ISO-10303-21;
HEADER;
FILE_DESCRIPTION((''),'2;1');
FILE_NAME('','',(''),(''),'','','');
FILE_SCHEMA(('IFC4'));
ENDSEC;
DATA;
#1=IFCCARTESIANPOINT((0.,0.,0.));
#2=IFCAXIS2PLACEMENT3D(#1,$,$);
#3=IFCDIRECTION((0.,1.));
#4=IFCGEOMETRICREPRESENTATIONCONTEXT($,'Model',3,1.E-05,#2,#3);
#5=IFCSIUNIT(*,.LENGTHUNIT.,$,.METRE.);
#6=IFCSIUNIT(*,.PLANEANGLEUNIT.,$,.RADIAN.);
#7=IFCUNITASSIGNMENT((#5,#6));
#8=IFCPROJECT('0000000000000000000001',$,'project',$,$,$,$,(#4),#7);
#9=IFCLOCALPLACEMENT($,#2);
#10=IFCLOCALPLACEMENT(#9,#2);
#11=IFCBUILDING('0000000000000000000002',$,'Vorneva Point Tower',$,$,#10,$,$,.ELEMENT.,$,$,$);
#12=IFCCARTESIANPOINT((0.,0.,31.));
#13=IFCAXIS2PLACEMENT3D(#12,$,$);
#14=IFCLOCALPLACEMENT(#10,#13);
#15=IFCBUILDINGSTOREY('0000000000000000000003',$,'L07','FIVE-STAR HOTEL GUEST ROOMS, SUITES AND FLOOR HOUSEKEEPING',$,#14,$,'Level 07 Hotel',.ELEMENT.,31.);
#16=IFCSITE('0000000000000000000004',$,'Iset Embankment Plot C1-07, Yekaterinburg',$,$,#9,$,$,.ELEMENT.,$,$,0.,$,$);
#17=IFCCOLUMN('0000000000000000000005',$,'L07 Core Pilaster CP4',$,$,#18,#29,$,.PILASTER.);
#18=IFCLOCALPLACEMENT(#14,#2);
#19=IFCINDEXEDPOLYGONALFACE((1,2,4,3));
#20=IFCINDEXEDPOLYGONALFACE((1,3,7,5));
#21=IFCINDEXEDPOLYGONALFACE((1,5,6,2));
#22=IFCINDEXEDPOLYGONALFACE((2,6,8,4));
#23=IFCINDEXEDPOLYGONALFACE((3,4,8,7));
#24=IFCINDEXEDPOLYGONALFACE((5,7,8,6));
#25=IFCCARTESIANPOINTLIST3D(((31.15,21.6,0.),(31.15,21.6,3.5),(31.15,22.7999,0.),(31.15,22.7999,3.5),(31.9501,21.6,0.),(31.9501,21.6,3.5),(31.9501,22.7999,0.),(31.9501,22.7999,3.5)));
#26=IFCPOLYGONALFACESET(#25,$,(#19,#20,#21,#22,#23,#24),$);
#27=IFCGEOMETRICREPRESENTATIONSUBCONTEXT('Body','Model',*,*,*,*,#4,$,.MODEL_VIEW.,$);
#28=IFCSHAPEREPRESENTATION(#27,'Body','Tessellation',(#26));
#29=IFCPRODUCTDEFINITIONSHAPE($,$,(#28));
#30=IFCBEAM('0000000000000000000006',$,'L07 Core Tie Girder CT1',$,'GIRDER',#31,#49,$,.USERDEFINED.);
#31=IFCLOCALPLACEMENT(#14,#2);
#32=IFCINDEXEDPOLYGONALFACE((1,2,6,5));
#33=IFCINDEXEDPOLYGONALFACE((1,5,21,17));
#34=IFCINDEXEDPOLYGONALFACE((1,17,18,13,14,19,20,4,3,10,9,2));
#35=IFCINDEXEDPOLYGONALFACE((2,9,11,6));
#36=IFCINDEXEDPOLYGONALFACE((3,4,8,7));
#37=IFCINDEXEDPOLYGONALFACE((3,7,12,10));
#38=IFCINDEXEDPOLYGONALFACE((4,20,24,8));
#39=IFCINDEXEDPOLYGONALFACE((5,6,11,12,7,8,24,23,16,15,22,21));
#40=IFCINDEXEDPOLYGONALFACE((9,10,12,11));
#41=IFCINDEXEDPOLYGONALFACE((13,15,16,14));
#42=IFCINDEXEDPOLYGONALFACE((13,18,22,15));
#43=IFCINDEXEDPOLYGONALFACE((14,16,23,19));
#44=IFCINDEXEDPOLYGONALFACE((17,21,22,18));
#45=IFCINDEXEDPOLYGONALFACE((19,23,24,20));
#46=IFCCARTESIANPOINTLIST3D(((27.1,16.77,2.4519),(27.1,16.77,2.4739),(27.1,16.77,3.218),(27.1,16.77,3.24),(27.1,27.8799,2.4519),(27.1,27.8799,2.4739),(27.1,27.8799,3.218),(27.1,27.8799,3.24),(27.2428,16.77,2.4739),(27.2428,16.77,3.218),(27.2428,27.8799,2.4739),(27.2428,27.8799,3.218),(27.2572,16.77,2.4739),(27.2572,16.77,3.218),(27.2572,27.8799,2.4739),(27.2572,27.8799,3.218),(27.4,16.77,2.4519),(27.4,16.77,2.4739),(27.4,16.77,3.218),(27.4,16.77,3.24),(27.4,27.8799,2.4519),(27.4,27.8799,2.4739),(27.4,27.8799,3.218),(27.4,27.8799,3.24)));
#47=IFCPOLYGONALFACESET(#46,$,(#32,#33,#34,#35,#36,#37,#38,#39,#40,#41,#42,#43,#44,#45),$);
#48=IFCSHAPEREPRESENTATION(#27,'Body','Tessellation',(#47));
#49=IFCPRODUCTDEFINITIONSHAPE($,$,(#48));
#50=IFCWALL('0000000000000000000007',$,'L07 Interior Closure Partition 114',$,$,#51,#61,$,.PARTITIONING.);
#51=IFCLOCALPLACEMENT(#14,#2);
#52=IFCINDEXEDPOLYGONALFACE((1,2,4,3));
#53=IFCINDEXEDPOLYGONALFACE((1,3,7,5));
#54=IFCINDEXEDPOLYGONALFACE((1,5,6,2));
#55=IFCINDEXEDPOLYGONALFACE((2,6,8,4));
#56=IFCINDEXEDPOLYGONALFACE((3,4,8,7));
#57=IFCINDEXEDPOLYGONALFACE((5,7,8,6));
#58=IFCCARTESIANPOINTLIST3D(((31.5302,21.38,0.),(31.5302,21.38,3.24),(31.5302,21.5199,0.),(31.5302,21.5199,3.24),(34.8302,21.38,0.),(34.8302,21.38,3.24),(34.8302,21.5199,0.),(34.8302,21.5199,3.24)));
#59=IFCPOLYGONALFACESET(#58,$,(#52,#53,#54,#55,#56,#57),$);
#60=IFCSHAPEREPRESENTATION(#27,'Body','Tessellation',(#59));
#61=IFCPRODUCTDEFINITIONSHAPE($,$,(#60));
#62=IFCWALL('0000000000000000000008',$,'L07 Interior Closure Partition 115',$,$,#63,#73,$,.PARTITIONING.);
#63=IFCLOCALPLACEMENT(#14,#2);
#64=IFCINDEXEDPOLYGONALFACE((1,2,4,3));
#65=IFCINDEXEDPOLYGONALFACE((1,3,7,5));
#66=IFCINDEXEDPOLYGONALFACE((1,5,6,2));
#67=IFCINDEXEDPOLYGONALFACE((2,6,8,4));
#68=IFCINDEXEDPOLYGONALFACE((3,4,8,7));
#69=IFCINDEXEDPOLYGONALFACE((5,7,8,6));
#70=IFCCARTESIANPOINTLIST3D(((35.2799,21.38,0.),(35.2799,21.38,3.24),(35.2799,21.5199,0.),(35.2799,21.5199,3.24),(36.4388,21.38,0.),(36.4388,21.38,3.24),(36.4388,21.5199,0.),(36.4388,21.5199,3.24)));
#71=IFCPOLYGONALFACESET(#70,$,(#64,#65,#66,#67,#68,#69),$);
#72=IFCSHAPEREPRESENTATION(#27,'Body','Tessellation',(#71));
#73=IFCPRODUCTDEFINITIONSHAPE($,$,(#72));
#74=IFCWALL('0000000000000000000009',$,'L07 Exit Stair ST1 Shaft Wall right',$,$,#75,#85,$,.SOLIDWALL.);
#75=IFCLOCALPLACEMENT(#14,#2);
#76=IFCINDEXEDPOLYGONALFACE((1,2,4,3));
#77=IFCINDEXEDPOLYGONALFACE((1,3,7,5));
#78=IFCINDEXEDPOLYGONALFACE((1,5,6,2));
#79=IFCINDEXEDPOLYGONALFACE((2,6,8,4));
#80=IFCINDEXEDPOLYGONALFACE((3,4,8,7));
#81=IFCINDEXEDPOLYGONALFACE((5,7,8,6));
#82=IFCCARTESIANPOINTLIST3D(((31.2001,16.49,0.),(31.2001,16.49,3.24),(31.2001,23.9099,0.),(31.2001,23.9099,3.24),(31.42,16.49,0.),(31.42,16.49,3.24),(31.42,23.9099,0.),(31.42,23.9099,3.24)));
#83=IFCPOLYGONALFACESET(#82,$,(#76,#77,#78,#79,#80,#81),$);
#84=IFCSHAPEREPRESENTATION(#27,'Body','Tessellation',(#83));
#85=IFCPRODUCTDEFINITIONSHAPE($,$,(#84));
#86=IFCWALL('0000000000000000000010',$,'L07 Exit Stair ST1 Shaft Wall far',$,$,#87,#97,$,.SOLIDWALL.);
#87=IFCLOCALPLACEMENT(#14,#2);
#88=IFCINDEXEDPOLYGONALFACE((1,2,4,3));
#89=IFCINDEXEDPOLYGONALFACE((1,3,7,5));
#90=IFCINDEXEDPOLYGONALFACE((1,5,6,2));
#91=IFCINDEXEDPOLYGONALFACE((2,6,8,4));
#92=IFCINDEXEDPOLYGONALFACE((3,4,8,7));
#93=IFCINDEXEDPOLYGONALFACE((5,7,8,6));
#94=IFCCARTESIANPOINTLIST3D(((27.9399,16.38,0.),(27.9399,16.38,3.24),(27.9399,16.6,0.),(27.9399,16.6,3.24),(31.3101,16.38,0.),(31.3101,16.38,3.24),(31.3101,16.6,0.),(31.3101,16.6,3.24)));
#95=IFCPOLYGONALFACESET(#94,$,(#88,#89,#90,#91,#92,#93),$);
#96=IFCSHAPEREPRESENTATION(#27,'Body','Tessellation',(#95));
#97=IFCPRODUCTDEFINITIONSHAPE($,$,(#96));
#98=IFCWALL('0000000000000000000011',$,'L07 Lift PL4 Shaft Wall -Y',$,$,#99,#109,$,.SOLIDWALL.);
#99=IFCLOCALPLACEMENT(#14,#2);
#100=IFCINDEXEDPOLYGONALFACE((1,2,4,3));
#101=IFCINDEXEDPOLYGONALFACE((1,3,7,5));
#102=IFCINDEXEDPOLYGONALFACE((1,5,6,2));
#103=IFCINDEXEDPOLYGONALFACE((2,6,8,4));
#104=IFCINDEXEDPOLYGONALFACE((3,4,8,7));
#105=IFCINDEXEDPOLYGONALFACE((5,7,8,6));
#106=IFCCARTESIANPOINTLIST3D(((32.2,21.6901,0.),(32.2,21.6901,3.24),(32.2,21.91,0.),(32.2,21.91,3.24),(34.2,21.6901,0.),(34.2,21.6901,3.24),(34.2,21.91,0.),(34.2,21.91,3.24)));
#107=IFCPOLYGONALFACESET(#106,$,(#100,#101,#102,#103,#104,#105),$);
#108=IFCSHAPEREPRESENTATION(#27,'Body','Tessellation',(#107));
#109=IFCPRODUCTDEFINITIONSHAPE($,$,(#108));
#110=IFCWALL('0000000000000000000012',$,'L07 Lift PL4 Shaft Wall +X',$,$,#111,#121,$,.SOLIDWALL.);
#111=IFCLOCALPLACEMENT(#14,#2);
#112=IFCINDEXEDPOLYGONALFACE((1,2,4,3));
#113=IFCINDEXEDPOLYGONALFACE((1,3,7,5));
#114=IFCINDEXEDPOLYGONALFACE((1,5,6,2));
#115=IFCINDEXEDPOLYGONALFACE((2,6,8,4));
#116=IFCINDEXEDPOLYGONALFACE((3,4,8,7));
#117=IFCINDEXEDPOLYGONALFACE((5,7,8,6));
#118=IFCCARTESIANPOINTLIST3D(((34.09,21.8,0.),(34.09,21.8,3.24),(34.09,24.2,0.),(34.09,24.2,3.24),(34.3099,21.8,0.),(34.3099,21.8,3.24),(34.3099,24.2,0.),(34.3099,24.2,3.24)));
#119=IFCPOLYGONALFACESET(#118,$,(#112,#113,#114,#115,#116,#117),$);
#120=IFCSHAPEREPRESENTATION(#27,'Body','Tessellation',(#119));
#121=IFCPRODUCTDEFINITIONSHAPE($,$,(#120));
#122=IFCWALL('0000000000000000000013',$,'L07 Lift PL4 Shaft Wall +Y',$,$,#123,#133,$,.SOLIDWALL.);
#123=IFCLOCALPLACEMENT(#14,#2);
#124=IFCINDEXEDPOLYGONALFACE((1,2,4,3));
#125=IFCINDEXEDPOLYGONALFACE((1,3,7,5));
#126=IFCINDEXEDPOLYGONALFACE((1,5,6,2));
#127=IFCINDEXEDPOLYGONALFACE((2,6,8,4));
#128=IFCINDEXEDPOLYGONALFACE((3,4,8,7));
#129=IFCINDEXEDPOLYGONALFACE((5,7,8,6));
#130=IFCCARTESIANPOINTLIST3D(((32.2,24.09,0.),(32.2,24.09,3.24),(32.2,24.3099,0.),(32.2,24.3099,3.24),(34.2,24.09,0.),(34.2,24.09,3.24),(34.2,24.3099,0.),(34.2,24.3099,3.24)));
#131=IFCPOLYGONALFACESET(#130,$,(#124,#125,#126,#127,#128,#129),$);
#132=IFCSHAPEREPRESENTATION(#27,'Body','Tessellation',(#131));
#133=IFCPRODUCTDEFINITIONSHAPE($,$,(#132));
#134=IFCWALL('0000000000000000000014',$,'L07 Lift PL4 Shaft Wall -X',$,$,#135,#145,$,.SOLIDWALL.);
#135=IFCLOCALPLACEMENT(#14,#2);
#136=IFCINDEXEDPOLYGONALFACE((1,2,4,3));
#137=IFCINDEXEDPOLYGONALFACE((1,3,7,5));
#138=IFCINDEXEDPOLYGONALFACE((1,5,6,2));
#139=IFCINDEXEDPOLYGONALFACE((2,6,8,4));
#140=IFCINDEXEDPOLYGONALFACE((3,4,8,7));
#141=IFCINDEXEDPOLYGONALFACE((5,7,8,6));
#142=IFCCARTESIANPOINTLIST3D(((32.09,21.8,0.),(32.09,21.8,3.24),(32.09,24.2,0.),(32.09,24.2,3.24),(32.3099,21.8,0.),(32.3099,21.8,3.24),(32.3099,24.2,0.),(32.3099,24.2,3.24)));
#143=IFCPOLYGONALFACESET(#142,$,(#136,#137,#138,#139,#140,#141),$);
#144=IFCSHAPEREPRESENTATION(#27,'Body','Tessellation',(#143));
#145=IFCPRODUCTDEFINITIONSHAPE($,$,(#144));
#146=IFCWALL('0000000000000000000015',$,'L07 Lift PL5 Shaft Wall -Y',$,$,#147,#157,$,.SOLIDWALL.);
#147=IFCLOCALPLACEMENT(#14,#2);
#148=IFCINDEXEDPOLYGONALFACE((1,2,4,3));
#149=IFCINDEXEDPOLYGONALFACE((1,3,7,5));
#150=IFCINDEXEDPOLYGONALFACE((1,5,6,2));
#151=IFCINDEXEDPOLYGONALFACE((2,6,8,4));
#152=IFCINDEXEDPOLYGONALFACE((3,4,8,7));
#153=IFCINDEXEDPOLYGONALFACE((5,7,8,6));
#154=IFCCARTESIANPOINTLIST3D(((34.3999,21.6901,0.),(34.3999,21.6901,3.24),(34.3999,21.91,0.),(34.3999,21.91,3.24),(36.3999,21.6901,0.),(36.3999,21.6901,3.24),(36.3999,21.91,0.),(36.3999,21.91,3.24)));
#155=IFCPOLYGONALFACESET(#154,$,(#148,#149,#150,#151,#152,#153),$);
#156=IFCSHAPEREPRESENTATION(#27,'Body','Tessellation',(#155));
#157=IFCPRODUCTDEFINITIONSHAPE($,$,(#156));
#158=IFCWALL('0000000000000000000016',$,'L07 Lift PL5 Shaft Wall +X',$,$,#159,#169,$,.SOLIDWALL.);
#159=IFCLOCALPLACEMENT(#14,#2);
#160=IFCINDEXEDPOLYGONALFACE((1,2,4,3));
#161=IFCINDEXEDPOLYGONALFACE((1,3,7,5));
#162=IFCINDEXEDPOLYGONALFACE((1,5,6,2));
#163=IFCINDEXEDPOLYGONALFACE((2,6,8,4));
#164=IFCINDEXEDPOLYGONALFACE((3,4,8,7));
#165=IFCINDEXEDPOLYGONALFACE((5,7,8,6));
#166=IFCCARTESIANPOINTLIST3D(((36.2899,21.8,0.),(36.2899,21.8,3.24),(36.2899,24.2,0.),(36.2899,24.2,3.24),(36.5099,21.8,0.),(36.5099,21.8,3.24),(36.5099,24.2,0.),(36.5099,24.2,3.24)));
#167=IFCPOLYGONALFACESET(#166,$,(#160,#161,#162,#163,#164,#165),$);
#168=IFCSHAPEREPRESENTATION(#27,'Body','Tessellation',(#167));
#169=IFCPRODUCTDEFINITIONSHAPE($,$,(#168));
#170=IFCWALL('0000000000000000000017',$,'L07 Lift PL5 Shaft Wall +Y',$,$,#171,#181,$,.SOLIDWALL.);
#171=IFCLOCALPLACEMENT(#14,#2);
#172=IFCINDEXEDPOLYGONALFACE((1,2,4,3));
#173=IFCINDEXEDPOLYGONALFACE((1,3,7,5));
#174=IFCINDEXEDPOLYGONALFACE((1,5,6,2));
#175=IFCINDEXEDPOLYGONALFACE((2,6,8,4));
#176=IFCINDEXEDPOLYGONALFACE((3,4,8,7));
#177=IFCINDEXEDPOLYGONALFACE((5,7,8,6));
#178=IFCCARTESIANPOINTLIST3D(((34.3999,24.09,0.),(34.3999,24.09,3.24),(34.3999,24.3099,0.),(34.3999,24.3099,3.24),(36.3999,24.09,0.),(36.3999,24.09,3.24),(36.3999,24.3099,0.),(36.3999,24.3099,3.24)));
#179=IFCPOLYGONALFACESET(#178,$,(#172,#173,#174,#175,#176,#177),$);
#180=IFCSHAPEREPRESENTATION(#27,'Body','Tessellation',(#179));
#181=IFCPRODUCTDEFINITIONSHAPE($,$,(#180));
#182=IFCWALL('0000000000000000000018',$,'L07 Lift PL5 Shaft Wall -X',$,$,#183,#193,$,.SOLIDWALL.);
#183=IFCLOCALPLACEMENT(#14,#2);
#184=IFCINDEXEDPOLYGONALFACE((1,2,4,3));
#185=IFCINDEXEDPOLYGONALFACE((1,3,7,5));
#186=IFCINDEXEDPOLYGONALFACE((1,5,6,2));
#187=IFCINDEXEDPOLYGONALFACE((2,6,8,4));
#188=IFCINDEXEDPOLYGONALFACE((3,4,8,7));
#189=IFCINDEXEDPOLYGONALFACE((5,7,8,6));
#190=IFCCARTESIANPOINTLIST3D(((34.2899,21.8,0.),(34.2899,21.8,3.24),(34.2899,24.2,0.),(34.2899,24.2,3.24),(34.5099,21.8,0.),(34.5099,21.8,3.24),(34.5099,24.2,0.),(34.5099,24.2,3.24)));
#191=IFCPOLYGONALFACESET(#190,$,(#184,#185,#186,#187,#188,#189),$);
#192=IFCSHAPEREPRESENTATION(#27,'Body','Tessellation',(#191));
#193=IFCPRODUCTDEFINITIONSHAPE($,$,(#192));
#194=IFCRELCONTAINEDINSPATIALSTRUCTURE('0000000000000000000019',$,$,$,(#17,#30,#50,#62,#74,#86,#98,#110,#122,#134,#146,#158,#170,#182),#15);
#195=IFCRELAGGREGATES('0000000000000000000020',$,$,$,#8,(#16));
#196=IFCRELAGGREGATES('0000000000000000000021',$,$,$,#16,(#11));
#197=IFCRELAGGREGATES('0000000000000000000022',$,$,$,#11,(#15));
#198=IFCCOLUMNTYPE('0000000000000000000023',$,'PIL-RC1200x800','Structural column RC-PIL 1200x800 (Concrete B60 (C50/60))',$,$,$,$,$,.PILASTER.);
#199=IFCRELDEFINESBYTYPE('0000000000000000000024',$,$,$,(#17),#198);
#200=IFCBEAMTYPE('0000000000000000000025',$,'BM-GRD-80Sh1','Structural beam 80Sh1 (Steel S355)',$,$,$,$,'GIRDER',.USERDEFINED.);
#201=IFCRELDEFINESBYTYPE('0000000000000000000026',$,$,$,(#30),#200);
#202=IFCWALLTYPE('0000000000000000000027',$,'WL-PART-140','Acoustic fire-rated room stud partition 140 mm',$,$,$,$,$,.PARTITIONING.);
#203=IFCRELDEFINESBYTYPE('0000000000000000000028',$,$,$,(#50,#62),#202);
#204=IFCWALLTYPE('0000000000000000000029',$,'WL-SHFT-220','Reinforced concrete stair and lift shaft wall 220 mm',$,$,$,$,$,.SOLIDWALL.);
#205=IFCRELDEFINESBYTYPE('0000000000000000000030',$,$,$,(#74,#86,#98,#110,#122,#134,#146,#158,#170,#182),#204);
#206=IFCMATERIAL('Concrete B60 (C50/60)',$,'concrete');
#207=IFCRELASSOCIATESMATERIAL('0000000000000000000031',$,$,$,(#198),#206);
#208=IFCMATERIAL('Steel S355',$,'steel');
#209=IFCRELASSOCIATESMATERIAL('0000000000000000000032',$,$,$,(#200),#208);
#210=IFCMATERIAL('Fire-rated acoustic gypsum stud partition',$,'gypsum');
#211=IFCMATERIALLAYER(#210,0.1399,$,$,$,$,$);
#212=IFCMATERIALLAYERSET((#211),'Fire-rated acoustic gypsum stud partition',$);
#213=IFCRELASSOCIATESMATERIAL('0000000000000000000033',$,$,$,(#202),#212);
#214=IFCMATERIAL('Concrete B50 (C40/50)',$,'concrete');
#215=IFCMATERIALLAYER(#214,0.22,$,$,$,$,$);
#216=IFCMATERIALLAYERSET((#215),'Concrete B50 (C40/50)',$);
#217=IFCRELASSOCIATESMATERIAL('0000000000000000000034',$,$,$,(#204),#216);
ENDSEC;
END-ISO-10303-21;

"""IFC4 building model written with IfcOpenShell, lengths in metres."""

from ifc_helpers import new_model, si_unit, direction, frame, frame_2d, origin, origin_2d, place, context, subcontext, project, spatial, rectangle, i_section, extrude, material, layer, layer_set, material_profile, profile_set, type_object, element, save


model = new_model("IFC4")

# Units and contexts
model_context = context("Model", 3, precision=1e-05, world=origin(), true_north=direction((0.0, 1.0)))
body_context = subcontext(model_context, "Body", "Model", "MODEL_VIEW")
ifc_project = project(units=[si_unit("LENGTHUNIT", "METRE"), si_unit("PLANEANGLEUNIT", "RADIAN")], contexts=[model_context])

# Site, building, storey
site_placement = place(None, origin())
site = spatial("IfcSite", under=ifc_project, at=site_placement, Name="Iset Embankment Plot C1-07, Yekaterinburg", CompositionType="ELEMENT", RefElevation=0.0)
building_placement = place(site_placement, origin())
building = spatial("IfcBuilding", under=site, at=building_placement, Name="Vorneva Point Tower", CompositionType="ELEMENT")
storey_placement = place(building_placement, frame((0.0, 0.0, 31.0)))
storey = spatial("IfcBuildingStorey", under=building, at=storey_placement, Name="L07", Description="FIVE-STAR HOTEL GUEST ROOMS, SUITES AND FLOOR HOUSEKEEPING", LongName="Level 07 Hotel", CompositionType="ELEMENT", Elevation=31.0)

# Column
ifc_material_1 = material(Name="Concrete B60 (C50/60)", Category="concrete")
ifc_material_profile_1 = material_profile(ifc_material_1, rectangle(XDim=0.8, YDim=1.2, at=origin_2d()), Name="RC-PIL 1200x800")
ifc_profile_set_1 = profile_set([ifc_material_profile_1], Name="Concrete B60 (C50/60)")
column_type = type_object("IfcColumnType", Name="PIL-RC1200x800", Description="Structural column RC-PIL 1200x800 (Concrete B60 (C50/60))", PredefinedType="PILASTER", material=ifc_profile_set_1)
column_placement = place(storey_placement, frame((31.55, 22.2, 0.0), z_axis=(0.0, 0.0, 1.0), x_axis=(1.0, 0.0, 0.0)))
element("IfcColumn", 1, at=column_placement, inside=storey, type_object=column_type, Name="L07 Core Pilaster CP4", PredefinedType="PILASTER", context=body_context, shape_type="SweptSolid", body=[
    extrude(rectangle(XDim=0.8, YDim=1.2, at=origin_2d()), origin(), (0.0, 0.0, 1.0), 3.5),
])

# Beam
ifc_material_2 = material(Name="Steel S355", Category="steel")
ifc_material_profile_2 = material_profile(ifc_material_2, i_section(OverallWidth=0.3, OverallDepth=0.7881, WebThickness=0.0144, FlangeThickness=0.022, at=origin_2d()), Name="80Sh1")
ifc_profile_set_2 = profile_set([ifc_material_profile_2], Name="Steel S355")
beam_type = type_object("IfcBeamType", Name="BM-GRD-80Sh1", Description="Structural beam 80Sh1 (Steel S355)", ElementType="GIRDER", PredefinedType="USERDEFINED", material=ifc_profile_set_2)
beam_placement = place(storey_placement, frame((27.25, 16.77, 2.8459), z_axis=(0.0, 1.0, 0.0), x_axis=(-1.0, 0.0, 0.0)))
element("IfcBeam", 2, at=beam_placement, inside=storey, type_object=beam_type, Name="L07 Core Tie Girder CT1", ObjectType="GIRDER", PredefinedType="USERDEFINED", context=body_context, shape_type="SweptSolid", body=[
    extrude(i_section(OverallWidth=0.3, OverallDepth=0.7881, WebThickness=0.0144, FlangeThickness=0.022, at=origin_2d()), origin(), (0.0, 0.0, 1.0), 11.1099),
])

# Walls
ifc_material_3 = material(Name="Fire-rated acoustic gypsum stud partition", Category="gypsum")
ifc_layer_1 = layer(ifc_material_3, 0.1399)
ifc_layer_set_1 = layer_set([ifc_layer_1], Name="Fire-rated acoustic gypsum stud partition")
wall_type_1 = type_object("IfcWallType", Name="WL-PART-140", Description="Acoustic fire-rated room stud partition 140 mm", PredefinedType="PARTITIONING", material=ifc_layer_set_1)
wall_1_placement = place(storey_placement, frame((34.8301, 21.45, 0.0), z_axis=(0.0, 0.0, 1.0), x_axis=(-1.0, 0.0, 0.0)))
element("IfcWall", 3, at=wall_1_placement, inside=storey, type_object=wall_type_1, Name="L07 Interior Closure Partition 114", PredefinedType="PARTITIONING", context=body_context, shape_type="SweptSolid", body=[
    extrude(rectangle(XDim=3.3, YDim=0.1399, at=frame_2d((1.6499, 0.0))), origin(), (0.0, 0.0, 1.0), 3.24),
])
wall_2_placement = place(storey_placement, frame((36.439, 21.45, 0.0), z_axis=(0.0, 0.0, 1.0), x_axis=(-1.0, 0.0, 0.0)))
element("IfcWall", 4, at=wall_2_placement, inside=storey, type_object=wall_type_1, Name="L07 Interior Closure Partition 115", PredefinedType="PARTITIONING", context=body_context, shape_type="SweptSolid", body=[
    extrude(rectangle(XDim=1.1589, YDim=0.1399, at=frame_2d((0.5796, 0.0))), origin(), (0.0, 0.0, 1.0), 3.24),
])

# Shared definitions
ifc_material_4 = material(Name="Concrete B50 (C40/50)", Category="concrete")
ifc_layer_2 = layer(ifc_material_4, 0.22)
ifc_layer_set_2 = layer_set([ifc_layer_2], Name="Concrete B50 (C40/50)")
wall_type_2 = type_object("IfcWallType", Name="WL-SHFT-220", Description="Reinforced concrete stair and lift shaft wall 220 mm", PredefinedType="SOLIDWALL", material=ifc_layer_set_2)

# Walls
wall_3_placement = place(storey_placement, frame((31.3101, 23.9099, 0.0), z_axis=(0.0, 0.0, 1.0), x_axis=(0.0, -1.0, 0.0)))
element("IfcWall", 5, at=wall_3_placement, inside=storey, type_object=wall_type_2, Name="L07 Exit Stair ST1 Shaft Wall right", PredefinedType="SOLIDWALL", context=body_context, shape_type="SweptSolid", body=[
    extrude(rectangle(XDim=7.4199, YDim=0.22, at=frame_2d((3.71, 0.0))), origin(), (0.0, 0.0, 1.0), 3.24),
])
wall_4_placement = place(storey_placement, frame((31.3101, 16.49, 0.0), z_axis=(0.0, 0.0, 1.0), x_axis=(-1.0, 0.0, 0.0)))
element("IfcWall", 6, at=wall_4_placement, inside=storey, type_object=wall_type_2, Name="L07 Exit Stair ST1 Shaft Wall far", PredefinedType="SOLIDWALL", context=body_context, shape_type="SweptSolid", body=[
    extrude(rectangle(XDim=3.3701, YDim=0.22, at=frame_2d((1.6851, 0.0))), origin(), (0.0, 0.0, 1.0), 3.24),
])
wall_5_placement = place(storey_placement, frame((32.2, 21.8, 0.0), z_axis=(0.0, 0.0, 1.0), x_axis=(1.0, 0.0, 0.0)))
element("IfcWall", 7, at=wall_5_placement, inside=storey, type_object=wall_type_2, Name="L07 Lift PL4 Shaft Wall -Y", PredefinedType="SOLIDWALL", context=body_context, shape_type="SweptSolid", body=[
    extrude(rectangle(XDim=2.0, YDim=0.22, at=frame_2d((1.0, 0.0))), origin(), (0.0, 0.0, 1.0), 3.24),
])
wall_6_placement = place(storey_placement, frame((34.2, 21.8, 0.0), z_axis=(0.0, 0.0, 1.0), x_axis=(0.0, 1.0, 0.0)))
element("IfcWall", 8, at=wall_6_placement, inside=storey, type_object=wall_type_2, Name="L07 Lift PL4 Shaft Wall +X", PredefinedType="SOLIDWALL", context=body_context, shape_type="SweptSolid", body=[
    extrude(rectangle(XDim=2.3999, YDim=0.22, at=frame_2d((1.2, 0.0))), origin(), (0.0, 0.0, 1.0), 3.24),
])
wall_7_placement = place(storey_placement, frame((34.2, 24.2, 0.0), z_axis=(0.0, 0.0, 1.0), x_axis=(-1.0, 0.0, 0.0)))
element("IfcWall", 9, at=wall_7_placement, inside=storey, type_object=wall_type_2, Name="L07 Lift PL4 Shaft Wall +Y", PredefinedType="SOLIDWALL", context=body_context, shape_type="SweptSolid", body=[
    extrude(rectangle(XDim=2.0, YDim=0.22, at=frame_2d((1.0, 0.0))), origin(), (0.0, 0.0, 1.0), 3.24),
])
wall_8_placement = place(storey_placement, frame((32.2, 24.2, 0.0), z_axis=(0.0, 0.0, 1.0), x_axis=(0.0, -1.0, 0.0)))
element("IfcWall", 10, at=wall_8_placement, inside=storey, type_object=wall_type_2, Name="L07 Lift PL4 Shaft Wall -X", PredefinedType="SOLIDWALL", context=body_context, shape_type="SweptSolid", body=[
    extrude(rectangle(XDim=2.3999, YDim=0.22, at=frame_2d((1.2, 0.0))), origin(), (0.0, 0.0, 1.0), 3.24),
])
wall_9_placement = place(storey_placement, frame((34.3999, 21.8, 0.0), z_axis=(0.0, 0.0, 1.0), x_axis=(1.0, 0.0, 0.0)))
element("IfcWall", 11, at=wall_9_placement, inside=storey, type_object=wall_type_2, Name="L07 Lift PL5 Shaft Wall -Y", PredefinedType="SOLIDWALL", context=body_context, shape_type="SweptSolid", body=[
    extrude(rectangle(XDim=2.0, YDim=0.22, at=frame_2d((1.0, 0.0))), origin(), (0.0, 0.0, 1.0), 3.24),
])
wall_10_placement = place(storey_placement, frame((36.3999, 21.8, 0.0), z_axis=(0.0, 0.0, 1.0), x_axis=(0.0, 1.0, 0.0)))
element("IfcWall", 12, at=wall_10_placement, inside=storey, type_object=wall_type_2, Name="L07 Lift PL5 Shaft Wall +X", PredefinedType="SOLIDWALL", context=body_context, shape_type="SweptSolid", body=[
    extrude(rectangle(XDim=2.3999, YDim=0.22, at=frame_2d((1.2, 0.0))), origin(), (0.0, 0.0, 1.0), 3.24),
])
wall_11_placement = place(storey_placement, frame((36.3999, 24.2, 0.0), z_axis=(0.0, 0.0, 1.0), x_axis=(-1.0, 0.0, 0.0)))
element("IfcWall", 13, at=wall_11_placement, inside=storey, type_object=wall_type_2, Name="L07 Lift PL5 Shaft Wall +Y", PredefinedType="SOLIDWALL", context=body_context, shape_type="SweptSolid", body=[
    extrude(rectangle(XDim=2.0, YDim=0.22, at=frame_2d((1.0, 0.0))), origin(), (0.0, 0.0, 1.0), 3.24),
])
wall_12_placement = place(storey_placement, frame((34.3999, 24.2, 0.0), z_axis=(0.0, 0.0, 1.0), x_axis=(0.0, -1.0, 0.0)))
element("IfcWall", 14, at=wall_12_placement, inside=storey, type_object=wall_type_2, Name="L07 Lift PL5 Shaft Wall -X", PredefinedType="SOLIDWALL", context=body_context, shape_type="SweptSolid", body=[
    extrude(rectangle(XDim=2.3999, YDim=0.22, at=frame_2d((1.2, 0.0))), origin(), (0.0, 0.0, 1.0), 3.24),
])

save(model, "model.ifc")
